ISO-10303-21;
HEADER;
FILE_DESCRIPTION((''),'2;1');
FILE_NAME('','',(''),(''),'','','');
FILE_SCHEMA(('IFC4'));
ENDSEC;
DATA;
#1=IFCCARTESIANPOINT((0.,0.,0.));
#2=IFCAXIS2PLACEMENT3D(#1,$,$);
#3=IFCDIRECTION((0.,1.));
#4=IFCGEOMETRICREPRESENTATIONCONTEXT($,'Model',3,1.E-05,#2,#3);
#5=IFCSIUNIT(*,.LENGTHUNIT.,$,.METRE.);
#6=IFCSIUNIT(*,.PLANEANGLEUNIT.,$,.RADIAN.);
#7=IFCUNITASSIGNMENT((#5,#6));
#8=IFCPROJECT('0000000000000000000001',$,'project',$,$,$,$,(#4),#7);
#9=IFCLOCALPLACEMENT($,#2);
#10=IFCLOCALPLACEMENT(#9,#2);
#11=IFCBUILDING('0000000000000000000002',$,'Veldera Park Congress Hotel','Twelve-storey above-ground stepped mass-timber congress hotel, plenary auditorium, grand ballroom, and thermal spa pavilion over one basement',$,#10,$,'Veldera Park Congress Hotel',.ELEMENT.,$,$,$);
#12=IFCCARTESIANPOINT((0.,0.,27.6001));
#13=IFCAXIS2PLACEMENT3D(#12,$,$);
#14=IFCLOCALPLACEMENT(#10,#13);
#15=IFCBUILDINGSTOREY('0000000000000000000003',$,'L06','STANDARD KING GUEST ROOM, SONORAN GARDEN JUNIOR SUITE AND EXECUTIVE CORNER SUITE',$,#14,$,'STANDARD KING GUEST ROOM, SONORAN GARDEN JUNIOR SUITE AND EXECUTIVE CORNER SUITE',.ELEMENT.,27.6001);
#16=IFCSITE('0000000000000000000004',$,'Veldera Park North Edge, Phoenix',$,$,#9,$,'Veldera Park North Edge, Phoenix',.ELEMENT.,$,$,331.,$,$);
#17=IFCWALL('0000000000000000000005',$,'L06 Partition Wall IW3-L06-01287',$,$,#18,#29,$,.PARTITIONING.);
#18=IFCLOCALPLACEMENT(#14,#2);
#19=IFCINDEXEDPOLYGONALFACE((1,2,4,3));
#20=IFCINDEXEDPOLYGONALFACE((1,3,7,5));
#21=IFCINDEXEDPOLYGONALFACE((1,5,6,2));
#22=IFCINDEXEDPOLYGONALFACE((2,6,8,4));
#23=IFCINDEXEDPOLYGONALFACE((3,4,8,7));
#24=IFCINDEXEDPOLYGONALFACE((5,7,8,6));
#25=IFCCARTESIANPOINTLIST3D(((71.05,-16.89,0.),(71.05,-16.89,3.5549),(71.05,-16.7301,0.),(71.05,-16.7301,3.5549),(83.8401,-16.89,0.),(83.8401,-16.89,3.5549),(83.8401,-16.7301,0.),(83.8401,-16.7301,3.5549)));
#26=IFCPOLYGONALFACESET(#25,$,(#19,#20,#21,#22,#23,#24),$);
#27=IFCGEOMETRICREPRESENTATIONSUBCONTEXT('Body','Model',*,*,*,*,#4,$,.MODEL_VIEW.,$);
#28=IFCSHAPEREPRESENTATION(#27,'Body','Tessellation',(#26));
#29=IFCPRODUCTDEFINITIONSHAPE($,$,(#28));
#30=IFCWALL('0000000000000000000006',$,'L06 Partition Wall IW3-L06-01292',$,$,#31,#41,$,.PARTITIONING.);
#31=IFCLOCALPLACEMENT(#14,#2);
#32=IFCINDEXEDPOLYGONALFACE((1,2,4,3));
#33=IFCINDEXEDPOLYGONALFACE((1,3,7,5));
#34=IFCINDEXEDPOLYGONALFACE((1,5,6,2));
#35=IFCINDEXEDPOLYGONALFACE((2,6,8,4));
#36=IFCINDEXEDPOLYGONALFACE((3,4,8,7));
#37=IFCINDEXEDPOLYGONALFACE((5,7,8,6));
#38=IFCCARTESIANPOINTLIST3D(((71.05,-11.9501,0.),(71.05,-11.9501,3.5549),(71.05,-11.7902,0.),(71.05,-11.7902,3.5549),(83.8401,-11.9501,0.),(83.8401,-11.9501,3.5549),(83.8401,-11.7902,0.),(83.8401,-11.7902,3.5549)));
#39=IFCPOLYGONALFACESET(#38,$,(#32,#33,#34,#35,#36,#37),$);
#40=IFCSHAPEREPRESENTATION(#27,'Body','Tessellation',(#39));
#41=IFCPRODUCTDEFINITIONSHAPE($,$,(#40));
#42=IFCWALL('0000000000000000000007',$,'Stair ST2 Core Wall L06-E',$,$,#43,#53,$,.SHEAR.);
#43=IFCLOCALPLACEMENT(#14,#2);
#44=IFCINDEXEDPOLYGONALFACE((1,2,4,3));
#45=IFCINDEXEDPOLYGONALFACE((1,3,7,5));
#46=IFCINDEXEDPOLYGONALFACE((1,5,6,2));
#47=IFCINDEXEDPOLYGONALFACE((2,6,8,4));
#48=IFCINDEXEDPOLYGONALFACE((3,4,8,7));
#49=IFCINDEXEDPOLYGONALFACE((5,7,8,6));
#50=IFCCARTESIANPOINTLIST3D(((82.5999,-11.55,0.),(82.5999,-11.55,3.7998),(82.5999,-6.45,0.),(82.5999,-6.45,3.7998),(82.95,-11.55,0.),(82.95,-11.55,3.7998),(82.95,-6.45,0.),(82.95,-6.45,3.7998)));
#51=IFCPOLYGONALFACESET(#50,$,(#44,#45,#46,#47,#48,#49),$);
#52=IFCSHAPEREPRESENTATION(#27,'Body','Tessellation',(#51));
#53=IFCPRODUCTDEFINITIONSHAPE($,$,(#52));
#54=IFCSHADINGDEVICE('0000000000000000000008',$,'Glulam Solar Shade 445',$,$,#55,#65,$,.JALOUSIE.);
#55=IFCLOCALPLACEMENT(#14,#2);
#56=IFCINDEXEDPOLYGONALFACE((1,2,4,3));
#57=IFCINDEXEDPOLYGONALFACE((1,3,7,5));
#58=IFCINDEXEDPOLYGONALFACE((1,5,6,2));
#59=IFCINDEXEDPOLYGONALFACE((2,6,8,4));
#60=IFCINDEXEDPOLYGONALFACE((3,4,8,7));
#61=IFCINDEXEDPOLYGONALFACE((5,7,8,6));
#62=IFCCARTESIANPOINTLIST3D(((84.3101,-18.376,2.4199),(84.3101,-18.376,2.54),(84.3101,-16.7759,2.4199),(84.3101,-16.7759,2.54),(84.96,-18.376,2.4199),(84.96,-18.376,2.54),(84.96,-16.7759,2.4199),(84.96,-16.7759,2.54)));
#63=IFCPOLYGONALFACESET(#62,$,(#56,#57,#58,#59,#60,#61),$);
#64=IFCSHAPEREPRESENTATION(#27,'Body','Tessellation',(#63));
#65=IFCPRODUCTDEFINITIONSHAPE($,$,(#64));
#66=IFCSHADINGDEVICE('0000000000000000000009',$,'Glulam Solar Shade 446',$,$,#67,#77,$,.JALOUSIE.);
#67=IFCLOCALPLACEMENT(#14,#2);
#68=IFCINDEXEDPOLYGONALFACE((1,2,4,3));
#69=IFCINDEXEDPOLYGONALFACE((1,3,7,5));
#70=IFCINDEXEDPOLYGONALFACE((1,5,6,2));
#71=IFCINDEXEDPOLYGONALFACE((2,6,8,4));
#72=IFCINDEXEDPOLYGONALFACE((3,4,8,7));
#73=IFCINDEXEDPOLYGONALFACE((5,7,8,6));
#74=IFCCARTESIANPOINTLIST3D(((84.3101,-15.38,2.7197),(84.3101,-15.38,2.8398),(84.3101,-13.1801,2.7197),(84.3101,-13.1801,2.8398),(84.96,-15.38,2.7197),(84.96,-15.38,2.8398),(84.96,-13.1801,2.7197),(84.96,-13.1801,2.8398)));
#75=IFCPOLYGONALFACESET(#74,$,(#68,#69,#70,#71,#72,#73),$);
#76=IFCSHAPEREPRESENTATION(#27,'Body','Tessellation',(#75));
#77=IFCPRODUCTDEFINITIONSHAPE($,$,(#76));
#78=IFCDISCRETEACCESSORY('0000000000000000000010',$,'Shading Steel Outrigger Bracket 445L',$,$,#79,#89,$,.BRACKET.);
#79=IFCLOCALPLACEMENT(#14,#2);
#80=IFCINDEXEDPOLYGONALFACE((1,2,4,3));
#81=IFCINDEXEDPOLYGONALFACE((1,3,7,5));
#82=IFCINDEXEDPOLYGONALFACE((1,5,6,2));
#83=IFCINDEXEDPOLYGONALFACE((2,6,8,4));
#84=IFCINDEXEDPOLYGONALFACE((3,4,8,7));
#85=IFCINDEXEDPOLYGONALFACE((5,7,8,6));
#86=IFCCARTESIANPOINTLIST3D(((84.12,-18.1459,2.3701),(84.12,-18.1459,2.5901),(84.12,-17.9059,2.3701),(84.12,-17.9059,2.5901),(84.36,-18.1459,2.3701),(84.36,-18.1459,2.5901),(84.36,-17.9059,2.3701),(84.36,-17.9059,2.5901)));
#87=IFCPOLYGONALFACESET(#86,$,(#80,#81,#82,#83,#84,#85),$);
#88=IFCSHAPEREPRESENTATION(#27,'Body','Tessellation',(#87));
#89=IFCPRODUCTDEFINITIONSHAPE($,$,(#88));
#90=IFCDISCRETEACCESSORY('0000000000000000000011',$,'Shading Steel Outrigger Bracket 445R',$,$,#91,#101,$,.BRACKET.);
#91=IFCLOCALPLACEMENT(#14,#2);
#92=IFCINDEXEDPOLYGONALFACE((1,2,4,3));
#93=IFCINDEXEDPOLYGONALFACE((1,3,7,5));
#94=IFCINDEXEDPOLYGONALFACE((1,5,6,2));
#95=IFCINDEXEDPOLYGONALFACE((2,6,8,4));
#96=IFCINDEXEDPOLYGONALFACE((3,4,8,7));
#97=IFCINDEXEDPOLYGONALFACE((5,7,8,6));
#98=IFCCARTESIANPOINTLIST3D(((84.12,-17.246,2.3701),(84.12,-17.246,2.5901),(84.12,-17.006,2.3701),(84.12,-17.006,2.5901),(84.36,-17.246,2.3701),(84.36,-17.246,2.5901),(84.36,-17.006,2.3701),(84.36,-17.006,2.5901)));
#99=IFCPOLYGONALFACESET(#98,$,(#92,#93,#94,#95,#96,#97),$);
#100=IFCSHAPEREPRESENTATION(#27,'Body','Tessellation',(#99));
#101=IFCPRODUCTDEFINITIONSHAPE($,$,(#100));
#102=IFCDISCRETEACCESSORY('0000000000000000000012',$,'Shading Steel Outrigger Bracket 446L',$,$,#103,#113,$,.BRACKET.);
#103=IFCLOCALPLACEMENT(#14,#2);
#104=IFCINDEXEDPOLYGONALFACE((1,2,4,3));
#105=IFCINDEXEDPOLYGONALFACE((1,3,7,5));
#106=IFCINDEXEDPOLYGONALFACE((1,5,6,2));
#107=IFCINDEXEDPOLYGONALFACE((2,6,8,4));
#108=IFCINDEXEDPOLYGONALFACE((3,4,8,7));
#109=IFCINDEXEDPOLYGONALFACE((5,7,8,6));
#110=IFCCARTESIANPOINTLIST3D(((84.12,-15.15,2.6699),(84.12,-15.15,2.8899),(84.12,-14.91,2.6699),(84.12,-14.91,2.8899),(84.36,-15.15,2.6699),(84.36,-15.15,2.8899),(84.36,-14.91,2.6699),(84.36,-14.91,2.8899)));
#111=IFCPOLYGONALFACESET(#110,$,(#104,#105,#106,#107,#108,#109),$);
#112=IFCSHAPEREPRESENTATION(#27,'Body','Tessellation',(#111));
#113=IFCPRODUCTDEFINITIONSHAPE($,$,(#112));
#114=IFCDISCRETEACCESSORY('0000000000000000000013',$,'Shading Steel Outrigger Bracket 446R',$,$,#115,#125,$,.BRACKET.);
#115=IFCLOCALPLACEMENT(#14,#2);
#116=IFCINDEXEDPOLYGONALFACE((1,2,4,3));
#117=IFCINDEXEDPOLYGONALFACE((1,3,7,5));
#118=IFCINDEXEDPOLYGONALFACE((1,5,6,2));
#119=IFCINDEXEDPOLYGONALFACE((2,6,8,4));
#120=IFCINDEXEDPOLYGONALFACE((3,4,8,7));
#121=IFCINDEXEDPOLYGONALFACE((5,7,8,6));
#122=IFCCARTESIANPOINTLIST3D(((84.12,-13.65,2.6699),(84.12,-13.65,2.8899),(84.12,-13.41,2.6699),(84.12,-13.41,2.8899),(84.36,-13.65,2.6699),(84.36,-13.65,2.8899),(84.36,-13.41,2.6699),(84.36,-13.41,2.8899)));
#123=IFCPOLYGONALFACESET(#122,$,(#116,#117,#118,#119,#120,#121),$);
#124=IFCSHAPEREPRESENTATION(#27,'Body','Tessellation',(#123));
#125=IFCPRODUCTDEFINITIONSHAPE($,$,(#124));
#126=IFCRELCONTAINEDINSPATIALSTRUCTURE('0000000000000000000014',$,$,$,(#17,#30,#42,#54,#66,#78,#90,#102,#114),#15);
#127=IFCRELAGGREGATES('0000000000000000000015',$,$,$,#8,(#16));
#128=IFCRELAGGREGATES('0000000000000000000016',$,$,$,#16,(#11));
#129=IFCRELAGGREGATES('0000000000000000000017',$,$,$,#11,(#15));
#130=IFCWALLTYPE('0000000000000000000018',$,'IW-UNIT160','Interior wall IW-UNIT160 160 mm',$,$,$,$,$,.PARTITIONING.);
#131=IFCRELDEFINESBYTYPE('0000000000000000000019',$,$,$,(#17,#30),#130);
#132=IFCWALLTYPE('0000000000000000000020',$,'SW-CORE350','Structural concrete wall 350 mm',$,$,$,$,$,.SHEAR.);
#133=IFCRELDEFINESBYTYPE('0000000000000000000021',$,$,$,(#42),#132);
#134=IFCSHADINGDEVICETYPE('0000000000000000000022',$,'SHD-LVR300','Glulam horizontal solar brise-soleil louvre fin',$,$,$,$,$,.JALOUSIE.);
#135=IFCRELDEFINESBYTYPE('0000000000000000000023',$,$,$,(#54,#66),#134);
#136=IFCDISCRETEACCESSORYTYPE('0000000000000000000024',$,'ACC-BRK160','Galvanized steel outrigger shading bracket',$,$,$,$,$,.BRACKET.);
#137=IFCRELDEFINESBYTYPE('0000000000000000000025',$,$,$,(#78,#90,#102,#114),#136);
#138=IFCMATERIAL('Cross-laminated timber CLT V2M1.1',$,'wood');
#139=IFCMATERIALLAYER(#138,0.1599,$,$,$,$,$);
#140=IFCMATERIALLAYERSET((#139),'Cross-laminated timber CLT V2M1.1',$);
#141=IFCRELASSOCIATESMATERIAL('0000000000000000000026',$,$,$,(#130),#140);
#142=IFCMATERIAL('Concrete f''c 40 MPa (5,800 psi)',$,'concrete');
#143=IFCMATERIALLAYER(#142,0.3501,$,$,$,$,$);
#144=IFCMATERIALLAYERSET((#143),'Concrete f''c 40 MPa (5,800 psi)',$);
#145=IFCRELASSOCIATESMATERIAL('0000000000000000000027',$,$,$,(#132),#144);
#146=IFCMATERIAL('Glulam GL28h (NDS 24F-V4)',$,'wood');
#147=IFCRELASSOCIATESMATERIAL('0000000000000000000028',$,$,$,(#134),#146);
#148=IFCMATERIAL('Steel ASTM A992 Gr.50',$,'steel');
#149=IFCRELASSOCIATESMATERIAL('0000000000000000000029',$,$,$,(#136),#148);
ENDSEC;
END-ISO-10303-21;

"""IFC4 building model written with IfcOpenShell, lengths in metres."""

from ifc_helpers import new_model, si_unit, direction, frame, frame_2d, origin, origin_2d, place, context, subcontext, project, spatial, rectangle, extrude, material, layer, layer_set, type_object, element, save


model = new_model("IFC4")

# Units and contexts
model_context = context("Model", 3, precision=1e-05, world=origin(), true_north=direction((0.0, 1.0)))
body_context = subcontext(model_context, "Body", "Model", "MODEL_VIEW")
ifc_project = project(units=[si_unit("LENGTHUNIT", "METRE"), si_unit("PLANEANGLEUNIT", "RADIAN")], contexts=[model_context])

# Site, building, storey
site_placement = place(None, origin())
site = spatial("IfcSite", under=ifc_project, at=site_placement, Name="Veldera Park North Edge, Phoenix", LongName="Veldera Park North Edge, Phoenix", CompositionType="ELEMENT", RefElevation=331.0)
building_placement = place(site_placement, origin())
building = spatial("IfcBuilding", under=site, at=building_placement, Name="Veldera Park Congress Hotel", Description="Twelve-storey above-ground stepped mass-timber congress hotel, plenary auditorium, grand ballroom, and thermal spa pavilion over one basement", LongName="Veldera Park Congress Hotel", CompositionType="ELEMENT")
storey_placement = place(building_placement, frame((0.0, 0.0, 27.6001)))
storey = spatial("IfcBuildingStorey", under=building, at=storey_placement, Name="L06", Description="STANDARD KING GUEST ROOM, SONORAN GARDEN JUNIOR SUITE AND EXECUTIVE CORNER SUITE", LongName="STANDARD KING GUEST ROOM, SONORAN GARDEN JUNIOR SUITE AND EXECUTIVE CORNER SUITE", CompositionType="ELEMENT", Elevation=27.6001)

# Shared definitions
ifc_material_1 = material(Name="Glulam GL28h (NDS 24F-V4)", Category="wood")

# Shared definitions
ifc_material_2 = material(Name="Cross-laminated timber CLT V2M1.1", Category="wood")

# Walls
ifc_layer_1 = layer(ifc_material_2, 0.1599)
ifc_layer_set_1 = layer_set([ifc_layer_1], Name="Cross-laminated timber CLT V2M1.1")
wall_type_1 = type_object("IfcWallType", Name="IW-UNIT160", Description="Interior wall IW-UNIT160 160 mm", PredefinedType="PARTITIONING", material=ifc_layer_set_1)
for number, where, z_axis, x_axis, name in (
    (1, (71.05, -16.8101, 0.0), (0.0, 0.0, 1.0), (1.0, 0.0, 0.0), "L06 Partition Wall IW3-L06-01287"),
    (2, (71.05, -11.8701, 0.0), (0.0, 0.0, 1.0), (1.0, 0.0, 0.0), "L06 Partition Wall IW3-L06-01292"),
):
    element("IfcWall", number, at=place(storey_placement, frame(where, z_axis=z_axis, x_axis=x_axis)), inside=storey, type_object=wall_type_1, Name=name, PredefinedType="PARTITIONING", context=body_context, shape_type="SweptSolid", body=[
        extrude(rectangle(XDim=12.79, YDim=0.1599, at=frame_2d((6.395, 0.0))), origin(), (0.0, 0.0, 1.0), 3.5549),
    ])
ifc_material_3 = material(Name="Concrete f'c 40 MPa (5,800 psi)", Category="concrete")
ifc_layer_2 = layer(ifc_material_3, 0.3501)
ifc_layer_set_2 = layer_set([ifc_layer_2], Name="Concrete f'c 40 MPa (5,800 psi)")
wall_type_2 = type_object("IfcWallType", Name="SW-CORE350", Description="Structural concrete wall 350 mm", PredefinedType="SHEAR", material=ifc_layer_set_2)
wall_1_placement = place(storey_placement, frame((82.7749, -11.55, 0.0), z_axis=(0.0, 0.0, 1.0), x_axis=(0.0, 1.0, 0.0)))
element("IfcWall", 3, at=wall_1_placement, inside=storey, type_object=wall_type_2, Name="Stair ST2 Core Wall L06-E", PredefinedType="SHEAR", context=body_context, shape_type="SweptSolid", body=[
    extrude(rectangle(XDim=5.1001, YDim=0.3501, at=frame_2d((2.55, 0.0))), origin(), (0.0, 0.0, 1.0), 3.7998),
])

# Shading devices
shading_device_type = type_object("IfcShadingDeviceType", Name="SHD-LVR300", Description="Glulam horizontal solar brise-soleil louvre fin", PredefinedType="JALOUSIE", material=ifc_material_1)
shading_device_1_placement = place(storey_placement, frame((84.635, -17.5759, 2.4199), z_axis=(0.0, 0.0, 1.0), x_axis=(0.0, 1.0, 0.0)))
element("IfcShadingDevice", 4, at=shading_device_1_placement, inside=storey, type_object=shading_device_type, Name="Glulam Solar Shade 445", PredefinedType="JALOUSIE", context=body_context, shape_type="SweptSolid", body=[
    extrude(rectangle(XDim=1.6001, YDim=0.6499, at=origin_2d()), origin(), (0.0, 0.0, 1.0), 0.1201),
])
shading_device_2_placement = place(storey_placement, frame((84.635, -14.28, 2.7197), z_axis=(0.0, 0.0, 1.0), x_axis=(0.0, 1.0, 0.0)))
element("IfcShadingDevice", 5, at=shading_device_2_placement, inside=storey, type_object=shading_device_type, Name="Glulam Solar Shade 446", PredefinedType="JALOUSIE", context=body_context, shape_type="SweptSolid", body=[
    extrude(rectangle(XDim=2.2, YDim=0.6499, at=origin_2d()), origin(), (0.0, 0.0, 1.0), 0.1201),
])

# Discrete accessories
ifc_material_4 = material(Name="Steel ASTM A992 Gr.50", Category="steel")
discrete_accessory_type = type_object("IfcDiscreteAccessoryType", Name="ACC-BRK160", Description="Galvanized steel outrigger shading bracket", PredefinedType="BRACKET", material=ifc_material_4)
for number, where, z_axis, x_axis, name in (
    (6, (84.24, -18.0259, 2.3701), (0.0, 0.0, 1.0), (0.0, 1.0, 0.0), "Shading Steel Outrigger Bracket 445L"),
    (7, (84.24, -17.126, 2.3701), (0.0, 0.0, 1.0), (0.0, 1.0, 0.0), "Shading Steel Outrigger Bracket 445R"),
    (8, (84.24, -15.03, 2.6699), (0.0, 0.0, 1.0), (0.0, 1.0, 0.0), "Shading Steel Outrigger Bracket 446L"),
    (9, (84.24, -13.53, 2.6699), (0.0, 0.0, 1.0), (0.0, 1.0, 0.0), "Shading Steel Outrigger Bracket 446R"),
):
    element("IfcDiscreteAccessory", number, at=place(storey_placement, frame(where, z_axis=z_axis, x_axis=x_axis)), inside=storey, type_object=discrete_accessory_type, Name=name, PredefinedType="BRACKET", context=body_context, shape_type="SweptSolid", body=[
        extrude(rectangle(XDim=0.24, YDim=0.24, at=origin_2d()), origin(), (0.0, 0.0, 1.0), 0.22),
    ])

save(model, "model.ifc")
